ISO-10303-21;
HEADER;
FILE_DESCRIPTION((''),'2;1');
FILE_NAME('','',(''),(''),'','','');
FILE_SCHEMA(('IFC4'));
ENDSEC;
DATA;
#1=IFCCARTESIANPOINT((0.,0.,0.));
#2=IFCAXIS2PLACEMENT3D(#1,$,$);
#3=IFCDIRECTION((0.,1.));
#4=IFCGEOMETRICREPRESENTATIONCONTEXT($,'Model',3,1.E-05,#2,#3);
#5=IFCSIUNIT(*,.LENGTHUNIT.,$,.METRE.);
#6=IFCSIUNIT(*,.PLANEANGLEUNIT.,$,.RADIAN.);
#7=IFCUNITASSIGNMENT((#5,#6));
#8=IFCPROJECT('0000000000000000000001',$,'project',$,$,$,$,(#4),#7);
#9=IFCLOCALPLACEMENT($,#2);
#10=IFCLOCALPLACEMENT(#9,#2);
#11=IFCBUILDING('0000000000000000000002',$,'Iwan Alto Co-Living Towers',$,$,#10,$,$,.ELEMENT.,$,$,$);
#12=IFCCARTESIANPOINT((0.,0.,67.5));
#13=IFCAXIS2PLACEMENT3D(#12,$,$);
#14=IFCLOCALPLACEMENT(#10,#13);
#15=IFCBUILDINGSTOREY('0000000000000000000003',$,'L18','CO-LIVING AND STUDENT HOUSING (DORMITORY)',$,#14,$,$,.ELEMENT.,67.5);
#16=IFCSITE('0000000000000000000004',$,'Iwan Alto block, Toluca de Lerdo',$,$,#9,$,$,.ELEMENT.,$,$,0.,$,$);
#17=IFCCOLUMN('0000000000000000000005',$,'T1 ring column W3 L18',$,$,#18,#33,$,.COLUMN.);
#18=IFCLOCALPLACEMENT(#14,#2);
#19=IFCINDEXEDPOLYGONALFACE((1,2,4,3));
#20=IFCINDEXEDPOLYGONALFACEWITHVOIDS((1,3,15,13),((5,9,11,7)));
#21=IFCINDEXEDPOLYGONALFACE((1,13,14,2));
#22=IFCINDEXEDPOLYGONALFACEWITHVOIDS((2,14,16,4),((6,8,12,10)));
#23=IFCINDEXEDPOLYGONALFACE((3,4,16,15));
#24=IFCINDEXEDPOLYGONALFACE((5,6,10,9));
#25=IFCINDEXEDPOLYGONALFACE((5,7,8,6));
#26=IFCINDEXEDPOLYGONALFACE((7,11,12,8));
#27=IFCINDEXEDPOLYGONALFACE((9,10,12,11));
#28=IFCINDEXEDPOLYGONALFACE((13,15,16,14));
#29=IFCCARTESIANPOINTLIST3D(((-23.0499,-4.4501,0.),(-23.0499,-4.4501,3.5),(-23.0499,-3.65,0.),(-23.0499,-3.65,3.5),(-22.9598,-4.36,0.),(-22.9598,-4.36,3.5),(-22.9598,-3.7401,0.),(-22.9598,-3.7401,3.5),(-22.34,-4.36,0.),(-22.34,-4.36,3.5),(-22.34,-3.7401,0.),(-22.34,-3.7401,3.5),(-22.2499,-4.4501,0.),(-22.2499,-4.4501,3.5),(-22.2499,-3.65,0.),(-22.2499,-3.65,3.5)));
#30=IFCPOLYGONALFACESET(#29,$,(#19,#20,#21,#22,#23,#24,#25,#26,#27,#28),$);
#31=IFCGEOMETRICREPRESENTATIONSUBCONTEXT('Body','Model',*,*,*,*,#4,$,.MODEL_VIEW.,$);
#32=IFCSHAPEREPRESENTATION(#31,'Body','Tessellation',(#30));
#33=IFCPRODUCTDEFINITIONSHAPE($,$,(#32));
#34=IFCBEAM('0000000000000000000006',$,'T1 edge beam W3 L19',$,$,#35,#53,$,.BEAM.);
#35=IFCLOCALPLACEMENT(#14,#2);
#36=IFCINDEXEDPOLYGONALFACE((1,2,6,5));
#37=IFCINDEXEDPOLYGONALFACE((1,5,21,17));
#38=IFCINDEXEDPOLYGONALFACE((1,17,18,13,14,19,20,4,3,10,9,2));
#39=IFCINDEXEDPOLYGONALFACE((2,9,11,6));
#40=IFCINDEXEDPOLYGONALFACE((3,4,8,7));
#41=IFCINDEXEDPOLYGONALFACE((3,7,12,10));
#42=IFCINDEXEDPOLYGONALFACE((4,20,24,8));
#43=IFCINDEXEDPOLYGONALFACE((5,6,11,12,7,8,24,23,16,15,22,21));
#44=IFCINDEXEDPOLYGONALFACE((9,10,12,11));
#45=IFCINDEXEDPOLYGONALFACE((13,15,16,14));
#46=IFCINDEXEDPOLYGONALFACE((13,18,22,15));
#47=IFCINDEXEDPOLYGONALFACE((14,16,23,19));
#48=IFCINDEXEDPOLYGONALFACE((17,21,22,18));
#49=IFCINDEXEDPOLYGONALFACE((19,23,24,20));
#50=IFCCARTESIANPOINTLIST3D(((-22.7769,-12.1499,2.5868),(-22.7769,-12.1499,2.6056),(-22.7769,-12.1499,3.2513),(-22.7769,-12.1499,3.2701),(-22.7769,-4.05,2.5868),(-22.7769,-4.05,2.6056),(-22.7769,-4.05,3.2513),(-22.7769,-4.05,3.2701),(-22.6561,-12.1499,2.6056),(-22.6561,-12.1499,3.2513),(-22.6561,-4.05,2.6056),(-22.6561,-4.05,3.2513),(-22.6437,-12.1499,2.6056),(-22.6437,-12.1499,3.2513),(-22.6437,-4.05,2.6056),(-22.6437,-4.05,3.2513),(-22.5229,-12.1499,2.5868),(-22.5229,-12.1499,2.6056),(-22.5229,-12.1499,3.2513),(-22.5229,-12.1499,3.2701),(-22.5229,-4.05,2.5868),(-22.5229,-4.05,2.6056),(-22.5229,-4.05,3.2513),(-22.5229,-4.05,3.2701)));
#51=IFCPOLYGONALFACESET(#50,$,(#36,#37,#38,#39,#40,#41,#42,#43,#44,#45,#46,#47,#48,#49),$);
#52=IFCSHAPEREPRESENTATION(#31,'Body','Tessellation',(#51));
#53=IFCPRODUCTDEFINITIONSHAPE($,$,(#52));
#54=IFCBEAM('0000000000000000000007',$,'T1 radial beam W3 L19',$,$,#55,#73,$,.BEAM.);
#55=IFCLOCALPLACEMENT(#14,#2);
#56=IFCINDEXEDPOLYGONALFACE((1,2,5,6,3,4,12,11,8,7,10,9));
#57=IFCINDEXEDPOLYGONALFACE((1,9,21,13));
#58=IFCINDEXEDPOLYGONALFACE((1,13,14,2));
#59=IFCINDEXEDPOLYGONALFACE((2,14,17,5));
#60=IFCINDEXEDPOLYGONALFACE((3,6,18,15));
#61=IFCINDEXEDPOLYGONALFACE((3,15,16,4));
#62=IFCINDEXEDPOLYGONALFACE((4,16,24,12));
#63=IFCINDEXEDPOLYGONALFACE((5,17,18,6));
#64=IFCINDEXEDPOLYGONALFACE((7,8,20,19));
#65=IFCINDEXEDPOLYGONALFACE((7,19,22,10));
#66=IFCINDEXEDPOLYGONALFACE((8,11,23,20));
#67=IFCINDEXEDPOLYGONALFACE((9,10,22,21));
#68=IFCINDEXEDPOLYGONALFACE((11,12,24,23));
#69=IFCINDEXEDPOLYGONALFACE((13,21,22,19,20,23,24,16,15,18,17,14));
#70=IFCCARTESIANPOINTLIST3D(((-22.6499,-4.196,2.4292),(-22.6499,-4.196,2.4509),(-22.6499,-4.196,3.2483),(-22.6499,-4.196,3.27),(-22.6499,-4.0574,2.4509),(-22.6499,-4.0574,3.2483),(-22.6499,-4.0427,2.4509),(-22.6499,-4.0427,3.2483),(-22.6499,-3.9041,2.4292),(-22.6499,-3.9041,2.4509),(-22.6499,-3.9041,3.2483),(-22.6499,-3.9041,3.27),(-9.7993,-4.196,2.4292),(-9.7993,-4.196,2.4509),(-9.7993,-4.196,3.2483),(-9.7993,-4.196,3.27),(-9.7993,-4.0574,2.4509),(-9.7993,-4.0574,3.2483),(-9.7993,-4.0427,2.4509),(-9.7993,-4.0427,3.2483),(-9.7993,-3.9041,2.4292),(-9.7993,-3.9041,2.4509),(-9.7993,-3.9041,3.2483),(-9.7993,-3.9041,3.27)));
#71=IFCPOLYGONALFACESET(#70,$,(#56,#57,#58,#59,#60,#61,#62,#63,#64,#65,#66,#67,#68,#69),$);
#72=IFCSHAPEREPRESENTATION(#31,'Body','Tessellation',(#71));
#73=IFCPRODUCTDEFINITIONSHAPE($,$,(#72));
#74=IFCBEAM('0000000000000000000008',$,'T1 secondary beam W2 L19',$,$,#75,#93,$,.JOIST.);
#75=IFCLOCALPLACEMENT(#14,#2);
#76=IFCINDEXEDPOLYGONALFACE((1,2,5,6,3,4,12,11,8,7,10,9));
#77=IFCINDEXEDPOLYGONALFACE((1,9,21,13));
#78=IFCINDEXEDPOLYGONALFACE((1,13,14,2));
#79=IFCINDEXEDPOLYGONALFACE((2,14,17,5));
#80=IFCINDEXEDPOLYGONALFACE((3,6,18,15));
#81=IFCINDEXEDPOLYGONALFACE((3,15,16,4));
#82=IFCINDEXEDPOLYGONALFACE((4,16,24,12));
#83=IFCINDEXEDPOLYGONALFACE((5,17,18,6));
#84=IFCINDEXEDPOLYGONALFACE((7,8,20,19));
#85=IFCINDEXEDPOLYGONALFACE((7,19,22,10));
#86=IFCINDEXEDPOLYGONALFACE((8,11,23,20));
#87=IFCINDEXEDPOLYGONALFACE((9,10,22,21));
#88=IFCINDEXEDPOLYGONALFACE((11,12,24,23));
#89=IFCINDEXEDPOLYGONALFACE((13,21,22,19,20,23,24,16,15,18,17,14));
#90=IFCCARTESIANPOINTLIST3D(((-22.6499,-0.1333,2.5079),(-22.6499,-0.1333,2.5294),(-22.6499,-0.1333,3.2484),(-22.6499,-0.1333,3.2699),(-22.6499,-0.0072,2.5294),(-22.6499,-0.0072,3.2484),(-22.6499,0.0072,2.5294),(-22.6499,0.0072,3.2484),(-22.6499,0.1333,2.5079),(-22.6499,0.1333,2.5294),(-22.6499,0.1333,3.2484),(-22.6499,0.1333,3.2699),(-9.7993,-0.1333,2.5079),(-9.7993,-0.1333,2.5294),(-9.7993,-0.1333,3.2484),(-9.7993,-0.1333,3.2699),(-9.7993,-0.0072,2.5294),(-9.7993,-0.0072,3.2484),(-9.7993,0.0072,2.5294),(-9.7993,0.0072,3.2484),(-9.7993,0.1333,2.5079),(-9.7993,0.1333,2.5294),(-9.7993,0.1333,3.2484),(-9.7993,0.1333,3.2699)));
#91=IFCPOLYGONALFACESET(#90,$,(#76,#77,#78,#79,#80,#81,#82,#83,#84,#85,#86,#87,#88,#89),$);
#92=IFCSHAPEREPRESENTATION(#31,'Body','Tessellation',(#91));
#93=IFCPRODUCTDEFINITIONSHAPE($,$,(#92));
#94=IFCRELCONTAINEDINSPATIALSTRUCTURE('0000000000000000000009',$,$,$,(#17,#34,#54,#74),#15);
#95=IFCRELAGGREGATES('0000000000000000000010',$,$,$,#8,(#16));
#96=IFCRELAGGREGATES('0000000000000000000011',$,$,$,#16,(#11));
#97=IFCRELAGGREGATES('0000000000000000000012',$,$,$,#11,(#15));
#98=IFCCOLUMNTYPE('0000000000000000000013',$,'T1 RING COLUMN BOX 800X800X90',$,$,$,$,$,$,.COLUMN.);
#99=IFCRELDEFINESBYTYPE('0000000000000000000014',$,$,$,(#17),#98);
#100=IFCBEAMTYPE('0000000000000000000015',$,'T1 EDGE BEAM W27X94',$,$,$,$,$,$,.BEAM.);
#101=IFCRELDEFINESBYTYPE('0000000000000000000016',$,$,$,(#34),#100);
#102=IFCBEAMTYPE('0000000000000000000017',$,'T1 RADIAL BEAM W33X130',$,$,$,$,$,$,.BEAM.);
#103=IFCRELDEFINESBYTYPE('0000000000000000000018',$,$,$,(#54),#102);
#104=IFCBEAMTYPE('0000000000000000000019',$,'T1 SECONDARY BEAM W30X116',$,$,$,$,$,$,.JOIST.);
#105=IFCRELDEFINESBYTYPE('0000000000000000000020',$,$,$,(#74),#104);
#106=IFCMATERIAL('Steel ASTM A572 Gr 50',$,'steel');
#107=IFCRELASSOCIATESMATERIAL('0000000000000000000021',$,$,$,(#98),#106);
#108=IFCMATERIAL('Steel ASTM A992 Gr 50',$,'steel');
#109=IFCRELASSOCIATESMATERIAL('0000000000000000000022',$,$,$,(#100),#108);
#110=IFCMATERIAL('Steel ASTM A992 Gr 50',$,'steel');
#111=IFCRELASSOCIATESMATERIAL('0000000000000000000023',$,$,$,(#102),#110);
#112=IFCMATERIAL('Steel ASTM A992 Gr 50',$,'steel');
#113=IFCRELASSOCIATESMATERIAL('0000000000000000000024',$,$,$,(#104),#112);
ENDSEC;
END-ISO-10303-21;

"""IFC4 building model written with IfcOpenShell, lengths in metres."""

from ifc_helpers import new_model, si_unit, direction, frame, origin, origin_2d, place, context, subcontext, project, spatial, hollow_rectangle, i_section, extrude, material, material_profile, profile_set, type_object, element, save


model = new_model("IFC4")

# Units and contexts
model_context = context("Model", 3, precision=1e-05, world=origin(), true_north=direction((0.0, 1.0)))
body_context = subcontext(model_context, "Body", "Model", "MODEL_VIEW")
ifc_project = project(units=[si_unit("LENGTHUNIT", "METRE"), si_unit("PLANEANGLEUNIT", "RADIAN")], contexts=[model_context])

# Site, building, storey
site_placement = place(None, origin())
site = spatial("IfcSite", under=ifc_project, at=site_placement, Name="Iwan Alto block, Toluca de Lerdo", CompositionType="ELEMENT", RefElevation=0.0)
building_placement = place(site_placement, origin())
building = spatial("IfcBuilding", under=site, at=building_placement, Name="Iwan Alto Co-Living Towers", CompositionType="ELEMENT")
storey_placement = place(building_placement, frame((0.0, 0.0, 67.5)))
storey = spatial("IfcBuildingStorey", under=building, at=storey_placement, Name="L18", Description="CO-LIVING AND STUDENT HOUSING (DORMITORY)", CompositionType="ELEMENT", Elevation=67.5)

# Column
ifc_material_1 = material(Name="Steel ASTM A572 Gr 50", Category="steel")
ifc_material_profile_1 = material_profile(ifc_material_1, hollow_rectangle(XDim=0.8, YDim=0.8, WallThickness=0.0901, at=origin_2d()), Name="BOX 800X800X90")
ifc_profile_set_1 = profile_set([ifc_material_profile_1], Name="Steel ASTM A572 Gr 50")
column_type = type_object("IfcColumnType", Name="T1 RING COLUMN BOX 800X800X90", PredefinedType="COLUMN", material=ifc_profile_set_1)
column_placement = place(storey_placement, frame((-22.6499, -4.05, 0.0), z_axis=(0.0, 0.0, 1.0), x_axis=(1.0, 0.0, 0.0)))
element("IfcColumn", 1, at=column_placement, inside=storey, type_object=column_type, Name="T1 ring column W3 L18", PredefinedType="COLUMN", context=body_context, shape_type="SweptSolid", body=[
    extrude(hollow_rectangle(XDim=0.8, YDim=0.8, WallThickness=0.0901, at=origin_2d()), origin(), (0.0, 0.0, 1.0), 3.5),
])

# Beams
ifc_material_2 = material(Name="Steel ASTM A992 Gr 50", Category="steel")
ifc_material_profile_2 = material_profile(ifc_material_2, i_section(OverallWidth=0.2539, OverallDepth=0.6833, WebThickness=0.0125, FlangeThickness=0.0188, at=origin_2d()), Name="W27X94")
ifc_profile_set_2 = profile_set([ifc_material_profile_2], Name="Steel ASTM A992 Gr 50")
beam_type_1 = type_object("IfcBeamType", Name="T1 EDGE BEAM W27X94", PredefinedType="BEAM", material=ifc_profile_set_2)
beam_1_placement = place(storey_placement, frame((-22.6499, -4.05, 2.9285), z_axis=(0.0, -1.0, 0.0), x_axis=(1.0, 0.0, 0.0)))
element("IfcBeam", 2, at=beam_1_placement, inside=storey, type_object=beam_type_1, Name="T1 edge beam W3 L19", PredefinedType="BEAM", context=body_context, shape_type="SweptSolid", body=[
    extrude(i_section(OverallWidth=0.2539, OverallDepth=0.6833, WebThickness=0.0125, FlangeThickness=0.0188, at=origin_2d()), origin(), (0.0, 0.0, 1.0), 8.0999),
])
ifc_material_3 = material(Name="Steel ASTM A992 Gr 50", Category="steel")
ifc_material_profile_3 = material_profile(ifc_material_3, i_section(OverallWidth=0.292, OverallDepth=0.8408, WebThickness=0.0146, FlangeThickness=0.0217, at=origin_2d()), Name="W33X130")
ifc_profile_set_3 = profile_set([ifc_material_profile_3], Name="Steel ASTM A992 Gr 50")
beam_type_2 = type_object("IfcBeamType", Name="T1 RADIAL BEAM W33X130", PredefinedType="BEAM", material=ifc_profile_set_3)
beam_2_placement = place(storey_placement, frame((-22.6499, -4.05, 2.8496), z_axis=(1.0, 0.0, 0.0), x_axis=(0.0, 1.0, 0.0)))
element("IfcBeam", 3, at=beam_2_placement, inside=storey, type_object=beam_type_2, Name="T1 radial beam W3 L19", PredefinedType="BEAM", context=body_context, shape_type="SweptSolid", body=[
    extrude(i_section(OverallWidth=0.292, OverallDepth=0.8408, WebThickness=0.0146, FlangeThickness=0.0217, at=origin_2d()), origin(), (0.0, 0.0, 1.0), 12.8506),
])
ifc_material_4 = material(Name="Steel ASTM A992 Gr 50", Category="steel")
ifc_material_profile_4 = material_profile(ifc_material_4, i_section(OverallWidth=0.2666, OverallDepth=0.762, WebThickness=0.0144, FlangeThickness=0.0215, at=origin_2d()), Name="W30X116")
ifc_profile_set_4 = profile_set([ifc_material_profile_4], Name="Steel ASTM A992 Gr 50")
beam_type_3 = type_object("IfcBeamType", Name="T1 SECONDARY BEAM W30X116", PredefinedType="JOIST", material=ifc_profile_set_4)
beam_3_placement = place(storey_placement, frame((-22.6499, 0.0, 2.8889), z_axis=(1.0, 0.0, 0.0), x_axis=(0.0, 1.0, 0.0)))
element("IfcBeam", 4, at=beam_3_placement, inside=storey, type_object=beam_type_3, Name="T1 secondary beam W2 L19", PredefinedType="JOIST", context=body_context, shape_type="SweptSolid", body=[
    extrude(i_section(OverallWidth=0.2666, OverallDepth=0.762, WebThickness=0.0144, FlangeThickness=0.0215, at=origin_2d()), origin(), (0.0, 0.0, 1.0), 12.8506),
])

save(model, "model.ifc")
